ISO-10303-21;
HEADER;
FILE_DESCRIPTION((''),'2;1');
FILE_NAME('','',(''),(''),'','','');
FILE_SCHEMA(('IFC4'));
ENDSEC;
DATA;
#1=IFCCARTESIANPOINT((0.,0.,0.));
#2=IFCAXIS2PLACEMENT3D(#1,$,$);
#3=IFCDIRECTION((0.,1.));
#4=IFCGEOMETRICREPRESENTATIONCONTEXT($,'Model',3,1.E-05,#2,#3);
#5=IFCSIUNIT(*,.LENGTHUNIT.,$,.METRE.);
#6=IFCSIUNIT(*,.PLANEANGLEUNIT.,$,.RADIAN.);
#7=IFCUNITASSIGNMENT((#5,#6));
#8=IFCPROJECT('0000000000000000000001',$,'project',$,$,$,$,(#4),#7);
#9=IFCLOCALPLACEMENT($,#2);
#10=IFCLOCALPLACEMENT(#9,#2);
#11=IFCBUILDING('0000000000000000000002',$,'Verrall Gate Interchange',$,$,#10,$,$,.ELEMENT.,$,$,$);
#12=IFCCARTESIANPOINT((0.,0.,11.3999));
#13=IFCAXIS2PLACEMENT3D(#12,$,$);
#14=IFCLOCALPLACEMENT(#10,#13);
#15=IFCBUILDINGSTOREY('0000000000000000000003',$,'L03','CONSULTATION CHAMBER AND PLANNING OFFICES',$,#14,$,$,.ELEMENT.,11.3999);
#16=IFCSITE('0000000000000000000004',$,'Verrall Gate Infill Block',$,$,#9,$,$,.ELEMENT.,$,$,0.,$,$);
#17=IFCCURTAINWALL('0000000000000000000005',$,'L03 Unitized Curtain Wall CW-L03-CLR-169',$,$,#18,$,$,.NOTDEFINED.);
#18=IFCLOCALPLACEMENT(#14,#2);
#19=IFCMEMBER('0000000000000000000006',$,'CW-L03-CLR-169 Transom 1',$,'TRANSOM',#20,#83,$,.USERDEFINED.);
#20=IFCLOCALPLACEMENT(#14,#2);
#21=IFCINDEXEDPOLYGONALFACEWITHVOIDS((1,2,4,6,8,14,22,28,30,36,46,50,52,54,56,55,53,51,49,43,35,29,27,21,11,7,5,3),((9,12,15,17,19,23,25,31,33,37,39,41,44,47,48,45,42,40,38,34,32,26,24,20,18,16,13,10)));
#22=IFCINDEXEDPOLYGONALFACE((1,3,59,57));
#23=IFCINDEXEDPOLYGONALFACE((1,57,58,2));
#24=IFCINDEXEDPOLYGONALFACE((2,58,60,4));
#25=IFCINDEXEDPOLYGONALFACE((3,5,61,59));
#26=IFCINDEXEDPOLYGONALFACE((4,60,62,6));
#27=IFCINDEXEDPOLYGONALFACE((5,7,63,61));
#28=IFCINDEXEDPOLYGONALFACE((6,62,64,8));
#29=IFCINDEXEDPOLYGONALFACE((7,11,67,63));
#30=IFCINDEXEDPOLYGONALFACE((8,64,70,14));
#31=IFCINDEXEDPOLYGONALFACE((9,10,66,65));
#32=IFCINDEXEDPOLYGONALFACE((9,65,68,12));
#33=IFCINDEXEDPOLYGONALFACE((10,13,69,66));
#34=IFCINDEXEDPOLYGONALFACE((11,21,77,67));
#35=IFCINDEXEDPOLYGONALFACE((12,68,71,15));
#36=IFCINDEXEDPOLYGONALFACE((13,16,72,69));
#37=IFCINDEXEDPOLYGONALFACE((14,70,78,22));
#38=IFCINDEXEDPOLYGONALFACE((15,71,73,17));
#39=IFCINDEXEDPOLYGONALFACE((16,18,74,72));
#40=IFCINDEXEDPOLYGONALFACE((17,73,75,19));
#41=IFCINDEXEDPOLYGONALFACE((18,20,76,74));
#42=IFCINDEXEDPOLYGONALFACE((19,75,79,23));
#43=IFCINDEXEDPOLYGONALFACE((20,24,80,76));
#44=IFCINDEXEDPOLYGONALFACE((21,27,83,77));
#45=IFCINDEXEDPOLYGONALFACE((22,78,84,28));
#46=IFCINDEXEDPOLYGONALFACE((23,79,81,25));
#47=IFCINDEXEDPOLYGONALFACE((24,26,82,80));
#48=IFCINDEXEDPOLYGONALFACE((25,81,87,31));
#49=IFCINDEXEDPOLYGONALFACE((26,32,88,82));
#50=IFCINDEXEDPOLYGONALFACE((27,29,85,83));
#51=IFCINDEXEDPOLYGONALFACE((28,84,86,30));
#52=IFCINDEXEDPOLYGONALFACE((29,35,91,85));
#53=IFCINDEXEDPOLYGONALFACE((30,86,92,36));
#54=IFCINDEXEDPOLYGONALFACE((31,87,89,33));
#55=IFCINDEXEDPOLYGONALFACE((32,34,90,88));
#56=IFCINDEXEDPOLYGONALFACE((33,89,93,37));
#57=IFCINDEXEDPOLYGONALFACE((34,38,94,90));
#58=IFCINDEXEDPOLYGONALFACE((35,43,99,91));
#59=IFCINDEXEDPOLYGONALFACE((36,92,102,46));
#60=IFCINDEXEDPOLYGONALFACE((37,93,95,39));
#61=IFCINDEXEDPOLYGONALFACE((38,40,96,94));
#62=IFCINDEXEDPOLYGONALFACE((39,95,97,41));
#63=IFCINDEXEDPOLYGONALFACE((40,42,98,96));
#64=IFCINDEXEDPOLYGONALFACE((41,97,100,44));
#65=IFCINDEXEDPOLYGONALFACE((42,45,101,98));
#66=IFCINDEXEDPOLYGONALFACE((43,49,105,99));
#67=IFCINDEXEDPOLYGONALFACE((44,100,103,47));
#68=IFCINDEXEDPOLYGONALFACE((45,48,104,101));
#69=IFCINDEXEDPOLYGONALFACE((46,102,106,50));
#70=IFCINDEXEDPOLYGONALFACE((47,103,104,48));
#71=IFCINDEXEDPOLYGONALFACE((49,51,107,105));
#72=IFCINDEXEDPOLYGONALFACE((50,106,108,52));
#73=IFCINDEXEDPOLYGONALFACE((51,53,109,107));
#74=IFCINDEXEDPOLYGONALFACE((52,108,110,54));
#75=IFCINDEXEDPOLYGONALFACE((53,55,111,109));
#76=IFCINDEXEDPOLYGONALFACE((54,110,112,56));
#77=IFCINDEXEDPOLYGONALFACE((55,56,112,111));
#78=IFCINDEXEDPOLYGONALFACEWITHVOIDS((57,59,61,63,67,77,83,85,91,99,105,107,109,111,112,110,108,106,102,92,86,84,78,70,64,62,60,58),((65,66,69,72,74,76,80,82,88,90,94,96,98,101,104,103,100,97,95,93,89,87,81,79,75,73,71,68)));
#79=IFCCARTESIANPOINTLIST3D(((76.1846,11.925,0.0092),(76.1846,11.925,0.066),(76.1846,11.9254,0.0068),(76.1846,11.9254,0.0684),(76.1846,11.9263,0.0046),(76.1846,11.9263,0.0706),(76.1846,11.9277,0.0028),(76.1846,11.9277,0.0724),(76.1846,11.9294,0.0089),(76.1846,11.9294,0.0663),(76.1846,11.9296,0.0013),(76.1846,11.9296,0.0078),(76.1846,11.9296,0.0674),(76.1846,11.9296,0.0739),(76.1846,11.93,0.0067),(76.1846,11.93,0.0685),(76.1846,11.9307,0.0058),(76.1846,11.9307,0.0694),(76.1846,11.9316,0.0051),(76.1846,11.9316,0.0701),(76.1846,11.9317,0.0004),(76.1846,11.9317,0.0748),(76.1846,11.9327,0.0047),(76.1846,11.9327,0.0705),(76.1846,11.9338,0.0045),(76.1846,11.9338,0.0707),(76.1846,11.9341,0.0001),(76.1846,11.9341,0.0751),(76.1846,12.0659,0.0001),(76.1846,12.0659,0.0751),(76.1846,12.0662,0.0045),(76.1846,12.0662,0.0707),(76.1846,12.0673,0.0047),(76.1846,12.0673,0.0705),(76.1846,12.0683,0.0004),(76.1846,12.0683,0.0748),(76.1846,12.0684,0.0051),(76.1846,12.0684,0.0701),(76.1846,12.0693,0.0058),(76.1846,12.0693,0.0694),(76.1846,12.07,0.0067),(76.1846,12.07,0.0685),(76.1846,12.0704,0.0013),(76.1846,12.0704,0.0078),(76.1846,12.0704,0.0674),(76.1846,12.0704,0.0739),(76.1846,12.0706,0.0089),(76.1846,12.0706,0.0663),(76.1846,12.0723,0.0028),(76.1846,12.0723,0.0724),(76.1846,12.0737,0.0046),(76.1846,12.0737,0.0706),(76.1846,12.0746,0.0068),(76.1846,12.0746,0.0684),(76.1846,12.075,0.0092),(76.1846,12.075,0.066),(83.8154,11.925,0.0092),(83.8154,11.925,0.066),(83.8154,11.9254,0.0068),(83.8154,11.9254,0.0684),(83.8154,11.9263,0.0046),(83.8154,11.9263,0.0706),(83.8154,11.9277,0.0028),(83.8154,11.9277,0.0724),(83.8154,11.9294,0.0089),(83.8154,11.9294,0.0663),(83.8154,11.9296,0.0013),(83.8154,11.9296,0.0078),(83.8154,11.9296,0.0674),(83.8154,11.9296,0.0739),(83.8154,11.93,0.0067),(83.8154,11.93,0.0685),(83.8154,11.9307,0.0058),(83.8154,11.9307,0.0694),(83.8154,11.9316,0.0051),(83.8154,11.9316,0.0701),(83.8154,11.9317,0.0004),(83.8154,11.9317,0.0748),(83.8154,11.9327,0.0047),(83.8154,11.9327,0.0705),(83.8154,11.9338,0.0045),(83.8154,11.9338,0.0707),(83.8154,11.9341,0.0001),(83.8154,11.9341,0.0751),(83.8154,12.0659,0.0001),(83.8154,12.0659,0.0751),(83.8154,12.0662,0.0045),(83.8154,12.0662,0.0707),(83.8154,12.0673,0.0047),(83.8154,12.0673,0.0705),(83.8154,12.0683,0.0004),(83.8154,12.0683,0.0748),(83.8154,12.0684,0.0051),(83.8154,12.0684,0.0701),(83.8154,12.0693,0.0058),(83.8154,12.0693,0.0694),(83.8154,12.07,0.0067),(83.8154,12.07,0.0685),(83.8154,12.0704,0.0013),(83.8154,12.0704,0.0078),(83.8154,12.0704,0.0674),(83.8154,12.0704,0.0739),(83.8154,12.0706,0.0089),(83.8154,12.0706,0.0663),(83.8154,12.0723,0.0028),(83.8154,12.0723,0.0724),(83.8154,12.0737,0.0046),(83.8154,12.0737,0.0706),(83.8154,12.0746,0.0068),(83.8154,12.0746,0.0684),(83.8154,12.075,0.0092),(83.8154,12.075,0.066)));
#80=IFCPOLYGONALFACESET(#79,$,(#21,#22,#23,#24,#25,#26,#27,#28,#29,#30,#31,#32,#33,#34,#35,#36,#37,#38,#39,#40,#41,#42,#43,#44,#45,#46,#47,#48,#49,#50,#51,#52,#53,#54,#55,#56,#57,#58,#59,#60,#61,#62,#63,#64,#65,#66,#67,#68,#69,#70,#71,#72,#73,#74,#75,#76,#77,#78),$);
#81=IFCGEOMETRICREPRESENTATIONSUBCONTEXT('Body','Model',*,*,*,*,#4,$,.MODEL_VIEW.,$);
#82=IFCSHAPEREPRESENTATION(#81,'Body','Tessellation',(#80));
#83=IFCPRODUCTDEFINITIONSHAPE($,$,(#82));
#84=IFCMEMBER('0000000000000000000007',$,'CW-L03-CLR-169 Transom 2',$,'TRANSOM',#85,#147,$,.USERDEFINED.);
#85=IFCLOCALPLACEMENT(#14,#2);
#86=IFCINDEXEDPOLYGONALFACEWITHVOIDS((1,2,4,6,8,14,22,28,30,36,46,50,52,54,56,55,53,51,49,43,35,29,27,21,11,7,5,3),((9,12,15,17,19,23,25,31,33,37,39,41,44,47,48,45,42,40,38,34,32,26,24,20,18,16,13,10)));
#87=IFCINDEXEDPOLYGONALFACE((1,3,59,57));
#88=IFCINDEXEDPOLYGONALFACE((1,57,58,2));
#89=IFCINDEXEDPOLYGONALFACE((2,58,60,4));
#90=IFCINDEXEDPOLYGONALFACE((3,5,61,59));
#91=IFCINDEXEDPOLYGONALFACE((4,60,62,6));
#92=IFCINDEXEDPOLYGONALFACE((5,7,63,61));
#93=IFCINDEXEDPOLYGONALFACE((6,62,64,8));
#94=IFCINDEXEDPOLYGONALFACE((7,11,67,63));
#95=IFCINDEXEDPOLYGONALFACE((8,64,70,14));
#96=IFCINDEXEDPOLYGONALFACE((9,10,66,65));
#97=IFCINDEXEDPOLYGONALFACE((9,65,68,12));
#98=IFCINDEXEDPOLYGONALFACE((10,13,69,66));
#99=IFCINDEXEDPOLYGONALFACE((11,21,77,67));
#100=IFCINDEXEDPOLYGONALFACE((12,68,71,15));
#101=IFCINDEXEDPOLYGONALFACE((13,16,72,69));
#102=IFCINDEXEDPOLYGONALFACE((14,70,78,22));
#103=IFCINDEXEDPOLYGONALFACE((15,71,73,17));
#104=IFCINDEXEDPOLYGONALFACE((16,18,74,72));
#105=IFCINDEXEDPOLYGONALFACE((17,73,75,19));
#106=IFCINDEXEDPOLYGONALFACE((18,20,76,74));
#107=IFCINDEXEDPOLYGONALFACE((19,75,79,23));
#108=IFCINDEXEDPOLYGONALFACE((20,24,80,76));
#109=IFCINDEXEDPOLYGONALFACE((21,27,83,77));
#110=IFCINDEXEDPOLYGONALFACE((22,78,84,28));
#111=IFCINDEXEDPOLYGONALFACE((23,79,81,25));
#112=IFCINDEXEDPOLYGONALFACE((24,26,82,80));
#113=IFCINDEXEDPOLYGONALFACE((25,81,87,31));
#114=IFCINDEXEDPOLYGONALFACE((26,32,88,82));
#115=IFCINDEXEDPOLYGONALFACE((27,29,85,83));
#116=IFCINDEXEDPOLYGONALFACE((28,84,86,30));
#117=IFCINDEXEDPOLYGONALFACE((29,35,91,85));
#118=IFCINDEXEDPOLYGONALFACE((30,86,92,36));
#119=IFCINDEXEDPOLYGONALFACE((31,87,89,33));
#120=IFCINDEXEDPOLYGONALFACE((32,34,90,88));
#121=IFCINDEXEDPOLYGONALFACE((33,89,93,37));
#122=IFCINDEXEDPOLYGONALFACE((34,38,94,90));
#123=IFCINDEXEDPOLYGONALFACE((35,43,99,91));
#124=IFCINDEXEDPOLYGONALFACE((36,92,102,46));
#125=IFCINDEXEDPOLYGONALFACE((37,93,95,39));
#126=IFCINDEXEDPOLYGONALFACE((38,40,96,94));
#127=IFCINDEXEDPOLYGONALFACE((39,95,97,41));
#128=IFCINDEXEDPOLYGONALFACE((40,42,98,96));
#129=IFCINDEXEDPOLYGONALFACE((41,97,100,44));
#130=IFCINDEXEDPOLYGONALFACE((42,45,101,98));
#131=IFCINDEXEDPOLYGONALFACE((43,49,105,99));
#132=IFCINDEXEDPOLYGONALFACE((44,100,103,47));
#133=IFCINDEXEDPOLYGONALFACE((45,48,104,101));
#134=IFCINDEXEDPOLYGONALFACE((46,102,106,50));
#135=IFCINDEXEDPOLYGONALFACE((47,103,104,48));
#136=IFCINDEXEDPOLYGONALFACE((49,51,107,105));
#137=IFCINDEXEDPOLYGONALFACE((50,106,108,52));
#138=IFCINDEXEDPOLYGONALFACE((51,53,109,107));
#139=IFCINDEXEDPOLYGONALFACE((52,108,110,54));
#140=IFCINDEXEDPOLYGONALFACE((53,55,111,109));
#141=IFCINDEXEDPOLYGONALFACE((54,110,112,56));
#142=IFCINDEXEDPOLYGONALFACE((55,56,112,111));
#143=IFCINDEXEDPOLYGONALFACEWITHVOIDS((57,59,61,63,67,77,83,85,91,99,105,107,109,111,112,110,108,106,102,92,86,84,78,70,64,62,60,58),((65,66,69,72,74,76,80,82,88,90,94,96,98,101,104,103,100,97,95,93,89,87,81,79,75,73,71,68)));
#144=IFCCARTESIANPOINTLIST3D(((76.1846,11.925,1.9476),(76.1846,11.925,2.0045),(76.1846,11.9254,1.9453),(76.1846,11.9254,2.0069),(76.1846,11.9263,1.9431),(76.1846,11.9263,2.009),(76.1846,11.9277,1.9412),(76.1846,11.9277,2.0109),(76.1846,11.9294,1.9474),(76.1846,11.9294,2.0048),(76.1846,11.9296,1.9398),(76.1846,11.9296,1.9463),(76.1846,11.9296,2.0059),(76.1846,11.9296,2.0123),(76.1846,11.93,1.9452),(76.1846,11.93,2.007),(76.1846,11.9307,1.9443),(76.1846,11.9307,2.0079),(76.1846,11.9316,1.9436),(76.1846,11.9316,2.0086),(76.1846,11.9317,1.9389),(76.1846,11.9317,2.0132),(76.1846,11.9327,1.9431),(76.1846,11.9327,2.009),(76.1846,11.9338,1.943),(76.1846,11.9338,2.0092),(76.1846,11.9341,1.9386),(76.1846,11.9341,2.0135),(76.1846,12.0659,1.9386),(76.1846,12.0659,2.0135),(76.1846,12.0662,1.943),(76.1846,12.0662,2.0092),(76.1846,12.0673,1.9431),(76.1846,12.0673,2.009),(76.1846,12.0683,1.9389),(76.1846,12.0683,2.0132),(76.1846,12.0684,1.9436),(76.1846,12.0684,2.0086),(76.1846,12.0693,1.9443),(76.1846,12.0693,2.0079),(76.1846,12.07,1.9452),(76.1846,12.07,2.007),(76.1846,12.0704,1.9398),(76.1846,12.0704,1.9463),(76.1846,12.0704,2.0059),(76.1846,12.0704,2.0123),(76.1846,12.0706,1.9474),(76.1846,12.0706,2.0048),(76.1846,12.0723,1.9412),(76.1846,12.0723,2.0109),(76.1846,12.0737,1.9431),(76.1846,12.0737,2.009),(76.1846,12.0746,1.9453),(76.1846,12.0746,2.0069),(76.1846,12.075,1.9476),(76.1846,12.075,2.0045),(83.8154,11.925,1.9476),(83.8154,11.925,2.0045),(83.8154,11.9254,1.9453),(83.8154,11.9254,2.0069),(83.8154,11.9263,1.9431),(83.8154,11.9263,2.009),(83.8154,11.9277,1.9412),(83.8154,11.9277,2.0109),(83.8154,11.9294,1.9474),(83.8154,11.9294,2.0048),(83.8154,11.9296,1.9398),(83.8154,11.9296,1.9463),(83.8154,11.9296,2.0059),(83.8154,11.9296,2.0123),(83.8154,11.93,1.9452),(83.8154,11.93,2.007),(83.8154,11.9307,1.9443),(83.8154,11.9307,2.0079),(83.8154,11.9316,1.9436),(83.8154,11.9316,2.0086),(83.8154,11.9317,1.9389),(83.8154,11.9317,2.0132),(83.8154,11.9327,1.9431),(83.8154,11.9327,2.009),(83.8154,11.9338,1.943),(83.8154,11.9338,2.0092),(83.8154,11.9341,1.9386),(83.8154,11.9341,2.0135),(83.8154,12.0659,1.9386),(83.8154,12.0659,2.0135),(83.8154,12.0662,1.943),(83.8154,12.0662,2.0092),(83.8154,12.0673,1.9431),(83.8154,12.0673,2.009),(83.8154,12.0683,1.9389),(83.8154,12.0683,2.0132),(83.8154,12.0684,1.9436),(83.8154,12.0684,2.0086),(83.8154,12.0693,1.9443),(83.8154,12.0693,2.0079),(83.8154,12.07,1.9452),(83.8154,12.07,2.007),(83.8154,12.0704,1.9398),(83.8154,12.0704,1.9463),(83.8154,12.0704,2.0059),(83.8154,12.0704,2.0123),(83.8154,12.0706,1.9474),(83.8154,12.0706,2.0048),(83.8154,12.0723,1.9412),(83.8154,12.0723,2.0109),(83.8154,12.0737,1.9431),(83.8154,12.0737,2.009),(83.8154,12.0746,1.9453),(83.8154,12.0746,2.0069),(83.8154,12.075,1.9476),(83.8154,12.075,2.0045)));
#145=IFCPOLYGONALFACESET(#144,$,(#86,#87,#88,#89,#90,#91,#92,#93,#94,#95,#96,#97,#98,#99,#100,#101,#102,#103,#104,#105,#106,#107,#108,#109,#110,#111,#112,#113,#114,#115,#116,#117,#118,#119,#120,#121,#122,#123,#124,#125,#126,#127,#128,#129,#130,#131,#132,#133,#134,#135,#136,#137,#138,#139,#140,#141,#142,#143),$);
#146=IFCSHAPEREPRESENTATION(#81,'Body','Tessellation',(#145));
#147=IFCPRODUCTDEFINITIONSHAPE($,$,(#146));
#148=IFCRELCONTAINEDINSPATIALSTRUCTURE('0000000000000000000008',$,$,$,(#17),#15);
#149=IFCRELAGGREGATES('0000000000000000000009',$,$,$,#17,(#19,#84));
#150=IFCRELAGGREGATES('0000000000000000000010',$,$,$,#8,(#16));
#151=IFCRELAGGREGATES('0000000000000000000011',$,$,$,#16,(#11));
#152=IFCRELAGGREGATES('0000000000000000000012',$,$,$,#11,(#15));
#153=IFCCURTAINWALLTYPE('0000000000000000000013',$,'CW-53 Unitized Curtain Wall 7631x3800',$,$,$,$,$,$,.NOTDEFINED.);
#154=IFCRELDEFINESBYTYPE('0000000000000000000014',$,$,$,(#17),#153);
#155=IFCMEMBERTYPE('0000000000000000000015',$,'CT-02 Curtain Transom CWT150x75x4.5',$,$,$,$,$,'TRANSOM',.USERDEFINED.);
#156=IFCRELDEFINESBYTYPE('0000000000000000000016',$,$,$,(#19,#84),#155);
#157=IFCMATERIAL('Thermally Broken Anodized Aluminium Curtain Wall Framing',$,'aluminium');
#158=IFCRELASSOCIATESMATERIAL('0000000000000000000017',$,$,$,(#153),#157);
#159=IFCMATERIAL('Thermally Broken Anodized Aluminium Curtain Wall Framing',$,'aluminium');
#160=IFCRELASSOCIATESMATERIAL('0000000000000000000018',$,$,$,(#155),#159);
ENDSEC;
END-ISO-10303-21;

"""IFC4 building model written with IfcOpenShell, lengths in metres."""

from ifc_helpers import new_model, si_unit, direction, frame, origin, origin_2d, place, context, subcontext, project, spatial, hollow_rectangle, extrude, material, material_profile, profile_set, type_object, element, aggregate, save


model = new_model("IFC4")

# Units and contexts
model_context = context("Model", 3, precision=1e-05, world=origin(), true_north=direction((0.0, 1.0)))
body_context = subcontext(model_context, "Body", "Model", "MODEL_VIEW")
ifc_project = project(units=[si_unit("LENGTHUNIT", "METRE"), si_unit("PLANEANGLEUNIT", "RADIAN")], contexts=[model_context])

# Site, building, storey
site_placement = place(None, origin())
site = spatial("IfcSite", under=ifc_project, at=site_placement, Name="Verrall Gate Infill Block", CompositionType="ELEMENT", RefElevation=0.0)
building_placement = place(site_placement, origin())
building = spatial("IfcBuilding", under=site, at=building_placement, Name="Verrall Gate Interchange", CompositionType="ELEMENT")
storey_placement = place(building_placement, frame((0.0, 0.0, 11.3999)))
storey = spatial("IfcBuildingStorey", under=building, at=storey_placement, Name="L03", Description="CONSULTATION CHAMBER AND PLANNING OFFICES", CompositionType="ELEMENT", Elevation=11.3999)

# Curtain wall, members
ifc_material_1 = material(Name="Thermally Broken Anodized Aluminium Curtain Wall Framing", Category="aluminium")
curtain_wall_type = type_object("IfcCurtainWallType", Name="CW-53 Unitized Curtain Wall 7631x3800", PredefinedType="NOTDEFINED", material=ifc_material_1)
curtain_wall_placement = place(storey_placement, origin())
curtain_wall = element("IfcCurtainWall", 1, at=curtain_wall_placement, inside=storey, type_object=curtain_wall_type, Name="L03 Unitized Curtain Wall CW-L03-CLR-169", PredefinedType="NOTDEFINED")
ifc_material_2 = material(Name="Thermally Broken Anodized Aluminium Curtain Wall Framing", Category="aluminium")
ifc_material_profile_1 = material_profile(ifc_material_2, hollow_rectangle(XDim=0.1499, YDim=0.075, WallThickness=0.0044, InnerFilletRadius=0.0044, OuterFilletRadius=0.009, at=origin_2d()), Name="CWT150x75x4.5")
ifc_profile_set_1 = profile_set([ifc_material_profile_1], Name="Thermally Broken Anodized Aluminium Curtain Wall Framing")
member_type_1 = type_object("IfcMemberType", Name="CT-02 Curtain Transom CWT150x75x4.5", ElementType="TRANSOM", PredefinedType="USERDEFINED", material=ifc_profile_set_1)
member_1_placement = place(storey_placement, frame((76.1846, 12.0, 0.0376), z_axis=(1.0, 0.0, 0.0), x_axis=(0.0, 1.0, 0.0)))
member_1 = element("IfcMember", 2, at=member_1_placement, type_object=member_type_1, Name="CW-L03-CLR-169 Transom 1", ObjectType="TRANSOM", PredefinedType="USERDEFINED", context=body_context, shape_type="SweptSolid", body=[
    extrude(hollow_rectangle(XDim=0.1499, YDim=0.075, WallThickness=0.0044, InnerFilletRadius=0.0044, OuterFilletRadius=0.009, at=origin_2d()), origin(), (0.0, 0.0, 1.0), 7.6309),
])
member_2_placement = place(storey_placement, frame((76.1846, 12.0, 1.9761), z_axis=(1.0, 0.0, 0.0), x_axis=(0.0, 1.0, 0.0)))
member_2 = element("IfcMember", 3, at=member_2_placement, type_object=member_type_1, Name="CW-L03-CLR-169 Transom 2", ObjectType="TRANSOM", PredefinedType="USERDEFINED", context=body_context, shape_type="SweptSolid", body=[
    extrude(hollow_rectangle(XDim=0.1499, YDim=0.075, WallThickness=0.0044, InnerFilletRadius=0.0044, OuterFilletRadius=0.009, at=origin_2d()), origin(), (0.0, 0.0, 1.0), 7.6309),
])

aggregate(curtain_wall, [member_1, member_2])

save(model, "model.ifc")
